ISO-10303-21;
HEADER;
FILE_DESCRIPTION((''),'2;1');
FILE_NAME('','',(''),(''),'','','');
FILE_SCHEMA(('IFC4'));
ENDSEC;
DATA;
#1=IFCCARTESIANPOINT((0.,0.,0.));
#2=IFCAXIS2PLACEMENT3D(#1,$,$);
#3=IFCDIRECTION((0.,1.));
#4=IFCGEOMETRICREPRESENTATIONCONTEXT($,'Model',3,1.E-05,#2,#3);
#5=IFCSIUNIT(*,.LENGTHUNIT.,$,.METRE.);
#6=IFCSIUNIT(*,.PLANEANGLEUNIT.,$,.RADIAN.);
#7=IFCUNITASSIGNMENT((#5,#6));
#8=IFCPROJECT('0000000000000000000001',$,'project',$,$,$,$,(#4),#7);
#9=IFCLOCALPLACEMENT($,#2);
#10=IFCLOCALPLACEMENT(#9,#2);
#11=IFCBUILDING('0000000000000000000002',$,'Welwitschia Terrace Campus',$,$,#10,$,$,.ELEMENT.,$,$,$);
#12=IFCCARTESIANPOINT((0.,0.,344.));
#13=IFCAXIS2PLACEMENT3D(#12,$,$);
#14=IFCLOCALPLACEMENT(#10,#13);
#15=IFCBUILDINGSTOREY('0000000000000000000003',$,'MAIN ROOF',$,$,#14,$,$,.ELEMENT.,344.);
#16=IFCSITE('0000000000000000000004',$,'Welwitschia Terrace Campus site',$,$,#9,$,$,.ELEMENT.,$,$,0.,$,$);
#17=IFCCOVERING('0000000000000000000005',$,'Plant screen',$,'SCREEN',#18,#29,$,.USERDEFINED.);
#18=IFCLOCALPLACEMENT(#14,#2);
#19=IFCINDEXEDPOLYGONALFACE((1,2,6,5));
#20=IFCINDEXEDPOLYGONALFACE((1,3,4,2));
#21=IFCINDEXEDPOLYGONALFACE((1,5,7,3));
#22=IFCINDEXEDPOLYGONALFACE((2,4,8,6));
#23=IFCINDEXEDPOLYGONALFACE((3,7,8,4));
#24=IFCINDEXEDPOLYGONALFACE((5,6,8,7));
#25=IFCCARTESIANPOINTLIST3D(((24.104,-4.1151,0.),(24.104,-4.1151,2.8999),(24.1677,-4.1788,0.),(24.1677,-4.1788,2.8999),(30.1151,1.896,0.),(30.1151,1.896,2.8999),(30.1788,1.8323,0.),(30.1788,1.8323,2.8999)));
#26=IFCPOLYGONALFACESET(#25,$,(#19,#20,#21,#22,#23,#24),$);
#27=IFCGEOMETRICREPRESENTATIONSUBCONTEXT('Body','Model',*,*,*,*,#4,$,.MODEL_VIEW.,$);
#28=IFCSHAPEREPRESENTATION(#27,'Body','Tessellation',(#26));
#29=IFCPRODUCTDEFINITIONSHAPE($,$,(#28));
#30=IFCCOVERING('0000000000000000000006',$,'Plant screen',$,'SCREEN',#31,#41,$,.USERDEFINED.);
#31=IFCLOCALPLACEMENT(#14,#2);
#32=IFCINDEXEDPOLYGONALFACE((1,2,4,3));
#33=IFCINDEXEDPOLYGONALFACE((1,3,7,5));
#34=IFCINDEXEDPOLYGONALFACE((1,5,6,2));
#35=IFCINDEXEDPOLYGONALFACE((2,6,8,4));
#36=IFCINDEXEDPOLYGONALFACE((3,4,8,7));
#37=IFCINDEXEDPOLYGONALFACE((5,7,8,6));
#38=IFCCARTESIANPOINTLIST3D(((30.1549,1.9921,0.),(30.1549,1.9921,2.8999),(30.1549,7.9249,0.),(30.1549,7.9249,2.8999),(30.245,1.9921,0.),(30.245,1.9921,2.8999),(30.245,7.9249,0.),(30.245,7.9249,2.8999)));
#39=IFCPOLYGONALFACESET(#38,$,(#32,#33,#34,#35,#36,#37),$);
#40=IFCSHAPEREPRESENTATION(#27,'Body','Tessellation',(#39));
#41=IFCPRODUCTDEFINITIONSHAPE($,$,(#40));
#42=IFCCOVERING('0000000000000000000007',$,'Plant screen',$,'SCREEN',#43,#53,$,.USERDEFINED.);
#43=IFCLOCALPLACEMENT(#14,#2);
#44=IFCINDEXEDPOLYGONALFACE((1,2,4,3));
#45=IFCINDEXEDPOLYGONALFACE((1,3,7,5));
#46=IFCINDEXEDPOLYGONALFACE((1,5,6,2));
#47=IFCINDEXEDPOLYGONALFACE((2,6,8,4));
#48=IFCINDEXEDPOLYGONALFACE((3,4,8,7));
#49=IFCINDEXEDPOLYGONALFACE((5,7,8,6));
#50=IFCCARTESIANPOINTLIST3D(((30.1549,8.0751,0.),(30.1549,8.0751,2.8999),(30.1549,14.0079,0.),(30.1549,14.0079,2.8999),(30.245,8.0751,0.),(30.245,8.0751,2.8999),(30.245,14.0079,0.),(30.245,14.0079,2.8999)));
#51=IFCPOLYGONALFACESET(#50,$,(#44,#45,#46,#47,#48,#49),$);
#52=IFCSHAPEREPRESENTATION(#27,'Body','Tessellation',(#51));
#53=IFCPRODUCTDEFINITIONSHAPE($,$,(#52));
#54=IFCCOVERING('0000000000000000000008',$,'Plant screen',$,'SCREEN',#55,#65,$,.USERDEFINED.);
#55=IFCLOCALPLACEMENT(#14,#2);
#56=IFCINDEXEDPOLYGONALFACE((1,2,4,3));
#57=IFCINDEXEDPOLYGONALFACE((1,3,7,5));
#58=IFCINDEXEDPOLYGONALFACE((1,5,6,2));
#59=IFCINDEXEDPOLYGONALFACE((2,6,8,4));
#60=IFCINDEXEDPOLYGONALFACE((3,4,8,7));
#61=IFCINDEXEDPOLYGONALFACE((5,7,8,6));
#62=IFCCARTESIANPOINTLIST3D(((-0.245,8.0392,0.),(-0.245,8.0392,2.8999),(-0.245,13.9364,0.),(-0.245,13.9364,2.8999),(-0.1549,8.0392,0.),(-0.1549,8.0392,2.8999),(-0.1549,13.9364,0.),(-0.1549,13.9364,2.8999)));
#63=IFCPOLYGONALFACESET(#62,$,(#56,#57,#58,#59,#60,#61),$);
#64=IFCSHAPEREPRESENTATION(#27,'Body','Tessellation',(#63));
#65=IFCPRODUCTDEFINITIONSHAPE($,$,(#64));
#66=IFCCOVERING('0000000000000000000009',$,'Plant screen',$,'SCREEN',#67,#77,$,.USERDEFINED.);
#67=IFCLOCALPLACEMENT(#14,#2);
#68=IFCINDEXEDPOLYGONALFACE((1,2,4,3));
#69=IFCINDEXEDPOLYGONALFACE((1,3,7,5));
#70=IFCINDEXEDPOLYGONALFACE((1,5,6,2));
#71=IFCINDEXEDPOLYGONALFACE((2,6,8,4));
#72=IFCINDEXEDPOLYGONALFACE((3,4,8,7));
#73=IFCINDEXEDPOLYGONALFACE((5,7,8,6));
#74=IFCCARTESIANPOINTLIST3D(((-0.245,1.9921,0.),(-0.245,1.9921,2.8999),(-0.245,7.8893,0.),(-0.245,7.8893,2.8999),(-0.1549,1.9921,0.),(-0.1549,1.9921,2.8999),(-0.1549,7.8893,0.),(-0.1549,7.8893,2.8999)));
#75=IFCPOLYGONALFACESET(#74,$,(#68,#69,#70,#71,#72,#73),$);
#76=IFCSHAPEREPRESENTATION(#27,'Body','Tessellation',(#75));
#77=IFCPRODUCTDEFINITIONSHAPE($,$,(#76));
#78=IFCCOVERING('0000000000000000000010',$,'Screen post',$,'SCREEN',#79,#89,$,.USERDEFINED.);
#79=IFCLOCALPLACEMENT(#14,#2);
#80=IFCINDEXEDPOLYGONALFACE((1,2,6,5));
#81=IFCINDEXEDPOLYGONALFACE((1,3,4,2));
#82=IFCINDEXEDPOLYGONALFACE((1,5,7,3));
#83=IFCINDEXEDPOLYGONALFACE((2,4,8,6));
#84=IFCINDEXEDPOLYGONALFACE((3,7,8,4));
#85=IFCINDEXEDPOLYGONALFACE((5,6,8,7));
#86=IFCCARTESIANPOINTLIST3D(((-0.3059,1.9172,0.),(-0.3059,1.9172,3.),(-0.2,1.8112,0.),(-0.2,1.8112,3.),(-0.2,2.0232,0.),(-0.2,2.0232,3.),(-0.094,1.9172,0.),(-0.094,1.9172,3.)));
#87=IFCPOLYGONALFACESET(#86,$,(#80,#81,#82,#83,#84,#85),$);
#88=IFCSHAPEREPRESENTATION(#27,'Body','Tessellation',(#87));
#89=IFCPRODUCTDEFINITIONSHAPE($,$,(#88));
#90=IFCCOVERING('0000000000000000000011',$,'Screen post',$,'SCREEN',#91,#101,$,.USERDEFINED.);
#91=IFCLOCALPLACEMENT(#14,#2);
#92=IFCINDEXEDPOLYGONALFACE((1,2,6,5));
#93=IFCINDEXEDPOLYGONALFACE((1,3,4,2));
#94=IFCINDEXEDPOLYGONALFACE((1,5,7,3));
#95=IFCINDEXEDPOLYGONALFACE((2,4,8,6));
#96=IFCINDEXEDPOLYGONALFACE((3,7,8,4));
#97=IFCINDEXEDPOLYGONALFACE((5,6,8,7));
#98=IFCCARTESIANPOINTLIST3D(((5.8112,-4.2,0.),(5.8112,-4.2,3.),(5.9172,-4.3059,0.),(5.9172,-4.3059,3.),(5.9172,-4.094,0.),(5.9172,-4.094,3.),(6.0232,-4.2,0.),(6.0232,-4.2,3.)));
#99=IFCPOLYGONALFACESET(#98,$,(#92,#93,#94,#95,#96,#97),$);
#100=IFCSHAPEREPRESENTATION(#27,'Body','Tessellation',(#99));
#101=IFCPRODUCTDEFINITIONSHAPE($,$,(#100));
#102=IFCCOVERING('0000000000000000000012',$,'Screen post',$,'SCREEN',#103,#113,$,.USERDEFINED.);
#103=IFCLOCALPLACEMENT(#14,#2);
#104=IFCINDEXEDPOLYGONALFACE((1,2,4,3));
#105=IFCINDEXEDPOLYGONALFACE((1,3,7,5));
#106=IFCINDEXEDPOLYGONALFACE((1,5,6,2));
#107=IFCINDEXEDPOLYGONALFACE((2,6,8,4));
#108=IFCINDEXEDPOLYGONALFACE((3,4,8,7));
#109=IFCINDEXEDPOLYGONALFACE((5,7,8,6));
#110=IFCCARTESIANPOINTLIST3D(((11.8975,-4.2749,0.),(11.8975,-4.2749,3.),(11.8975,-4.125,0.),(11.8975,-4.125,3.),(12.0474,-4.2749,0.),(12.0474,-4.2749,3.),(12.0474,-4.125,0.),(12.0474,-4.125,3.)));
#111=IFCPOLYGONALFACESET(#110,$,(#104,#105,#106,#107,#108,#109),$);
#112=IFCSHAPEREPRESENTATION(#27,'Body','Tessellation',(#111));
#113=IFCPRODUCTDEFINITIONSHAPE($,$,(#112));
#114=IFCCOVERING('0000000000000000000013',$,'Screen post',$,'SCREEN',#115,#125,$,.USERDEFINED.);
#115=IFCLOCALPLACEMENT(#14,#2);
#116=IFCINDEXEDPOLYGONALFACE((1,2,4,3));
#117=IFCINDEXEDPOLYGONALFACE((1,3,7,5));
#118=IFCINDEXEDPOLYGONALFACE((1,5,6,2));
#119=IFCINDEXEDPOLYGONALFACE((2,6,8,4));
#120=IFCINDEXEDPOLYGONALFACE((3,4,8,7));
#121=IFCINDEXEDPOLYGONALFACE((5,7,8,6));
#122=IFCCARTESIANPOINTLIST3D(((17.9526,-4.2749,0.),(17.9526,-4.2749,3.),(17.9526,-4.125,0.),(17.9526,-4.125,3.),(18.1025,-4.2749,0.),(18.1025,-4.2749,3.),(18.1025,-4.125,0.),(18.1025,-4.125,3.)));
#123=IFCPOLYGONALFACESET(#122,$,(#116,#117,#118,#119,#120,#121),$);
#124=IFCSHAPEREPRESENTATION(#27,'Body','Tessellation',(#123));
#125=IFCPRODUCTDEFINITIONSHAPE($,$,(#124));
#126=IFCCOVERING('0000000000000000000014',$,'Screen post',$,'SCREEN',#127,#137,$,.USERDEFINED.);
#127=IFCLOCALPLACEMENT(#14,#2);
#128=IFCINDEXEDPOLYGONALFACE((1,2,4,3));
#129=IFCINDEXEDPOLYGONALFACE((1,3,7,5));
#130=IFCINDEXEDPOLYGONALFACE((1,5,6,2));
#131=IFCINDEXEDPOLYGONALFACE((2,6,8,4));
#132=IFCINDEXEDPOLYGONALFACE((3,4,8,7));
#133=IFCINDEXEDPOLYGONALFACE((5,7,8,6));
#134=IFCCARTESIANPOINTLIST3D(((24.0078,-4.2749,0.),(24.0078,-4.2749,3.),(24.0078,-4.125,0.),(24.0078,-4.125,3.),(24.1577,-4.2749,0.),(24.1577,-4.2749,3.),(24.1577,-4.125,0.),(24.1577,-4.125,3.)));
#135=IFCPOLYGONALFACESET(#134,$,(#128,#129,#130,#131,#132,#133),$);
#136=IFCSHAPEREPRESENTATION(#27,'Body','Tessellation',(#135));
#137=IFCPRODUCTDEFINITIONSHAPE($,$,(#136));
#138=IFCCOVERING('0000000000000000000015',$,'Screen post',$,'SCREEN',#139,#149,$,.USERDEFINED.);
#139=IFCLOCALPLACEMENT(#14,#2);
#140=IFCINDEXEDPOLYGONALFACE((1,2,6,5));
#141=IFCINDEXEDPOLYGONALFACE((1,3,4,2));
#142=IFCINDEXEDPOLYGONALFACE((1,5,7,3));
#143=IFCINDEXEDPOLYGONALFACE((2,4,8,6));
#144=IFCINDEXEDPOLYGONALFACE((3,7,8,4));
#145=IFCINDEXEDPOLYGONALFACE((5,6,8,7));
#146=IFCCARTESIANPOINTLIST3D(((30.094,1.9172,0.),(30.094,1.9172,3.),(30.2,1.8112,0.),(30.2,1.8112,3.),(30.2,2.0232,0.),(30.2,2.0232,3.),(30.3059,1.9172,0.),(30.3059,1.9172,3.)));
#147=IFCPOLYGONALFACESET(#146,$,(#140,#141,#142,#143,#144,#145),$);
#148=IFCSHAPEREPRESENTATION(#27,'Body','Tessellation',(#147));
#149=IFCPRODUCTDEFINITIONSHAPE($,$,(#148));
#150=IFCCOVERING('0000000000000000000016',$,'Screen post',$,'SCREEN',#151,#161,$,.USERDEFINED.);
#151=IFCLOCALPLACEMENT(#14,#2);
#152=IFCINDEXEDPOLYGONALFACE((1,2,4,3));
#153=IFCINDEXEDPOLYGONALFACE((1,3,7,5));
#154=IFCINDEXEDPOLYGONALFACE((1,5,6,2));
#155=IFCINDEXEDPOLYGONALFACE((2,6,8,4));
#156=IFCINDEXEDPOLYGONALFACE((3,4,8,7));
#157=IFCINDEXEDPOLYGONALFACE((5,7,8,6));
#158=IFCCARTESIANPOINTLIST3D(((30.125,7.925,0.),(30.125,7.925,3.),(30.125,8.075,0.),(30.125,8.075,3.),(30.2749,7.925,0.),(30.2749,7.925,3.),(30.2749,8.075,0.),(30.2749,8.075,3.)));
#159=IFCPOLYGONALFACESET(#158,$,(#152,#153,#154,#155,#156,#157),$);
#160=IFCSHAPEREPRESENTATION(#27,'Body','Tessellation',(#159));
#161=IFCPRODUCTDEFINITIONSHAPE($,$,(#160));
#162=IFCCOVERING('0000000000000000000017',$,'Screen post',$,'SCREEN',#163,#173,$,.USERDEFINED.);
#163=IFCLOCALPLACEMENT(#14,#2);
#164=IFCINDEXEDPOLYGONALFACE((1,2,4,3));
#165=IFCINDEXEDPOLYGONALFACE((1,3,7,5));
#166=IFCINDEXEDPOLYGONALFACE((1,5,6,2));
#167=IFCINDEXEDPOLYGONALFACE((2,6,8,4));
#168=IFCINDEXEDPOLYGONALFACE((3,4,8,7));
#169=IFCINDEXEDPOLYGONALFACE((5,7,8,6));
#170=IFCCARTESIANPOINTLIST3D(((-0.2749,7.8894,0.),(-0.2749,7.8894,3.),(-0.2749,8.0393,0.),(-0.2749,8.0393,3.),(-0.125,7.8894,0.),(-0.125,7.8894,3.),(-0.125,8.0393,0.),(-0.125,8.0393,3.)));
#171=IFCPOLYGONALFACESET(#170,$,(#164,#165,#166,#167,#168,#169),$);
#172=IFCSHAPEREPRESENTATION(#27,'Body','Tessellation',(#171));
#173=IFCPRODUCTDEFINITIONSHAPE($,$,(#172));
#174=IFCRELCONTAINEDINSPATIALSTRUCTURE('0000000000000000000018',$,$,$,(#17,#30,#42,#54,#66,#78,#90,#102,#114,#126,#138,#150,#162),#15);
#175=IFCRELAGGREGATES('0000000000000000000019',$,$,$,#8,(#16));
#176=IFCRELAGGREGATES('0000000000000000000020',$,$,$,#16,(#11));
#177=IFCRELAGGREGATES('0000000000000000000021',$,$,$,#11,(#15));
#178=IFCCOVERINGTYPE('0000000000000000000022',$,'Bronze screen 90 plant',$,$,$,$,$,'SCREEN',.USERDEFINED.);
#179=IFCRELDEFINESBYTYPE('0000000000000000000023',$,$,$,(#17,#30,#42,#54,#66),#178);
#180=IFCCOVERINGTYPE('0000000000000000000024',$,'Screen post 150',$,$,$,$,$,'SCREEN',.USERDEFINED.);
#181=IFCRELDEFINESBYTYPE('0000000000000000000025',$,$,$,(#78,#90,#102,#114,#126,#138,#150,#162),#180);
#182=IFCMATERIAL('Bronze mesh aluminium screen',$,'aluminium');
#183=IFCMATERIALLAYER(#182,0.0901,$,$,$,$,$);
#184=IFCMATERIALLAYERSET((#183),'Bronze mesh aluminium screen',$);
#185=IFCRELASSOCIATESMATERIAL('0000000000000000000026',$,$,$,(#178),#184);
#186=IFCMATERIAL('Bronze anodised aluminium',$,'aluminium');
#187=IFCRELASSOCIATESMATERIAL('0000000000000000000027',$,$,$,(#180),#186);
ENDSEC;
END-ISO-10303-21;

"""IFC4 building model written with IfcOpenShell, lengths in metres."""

from ifc_helpers import new_model, si_unit, direction, frame, origin, origin_2d, place, context, subcontext, project, spatial, rectangle, extrude, material, layer, layer_set, type_object, element, save


model = new_model("IFC4")

# Units and contexts
model_context = context("Model", 3, precision=1e-05, world=origin(), true_north=direction((0.0, 1.0)))
body_context = subcontext(model_context, "Body", "Model", "MODEL_VIEW")
ifc_project = project(units=[si_unit("LENGTHUNIT", "METRE"), si_unit("PLANEANGLEUNIT", "RADIAN")], contexts=[model_context])

# Site, building, storey
site_placement = place(None, origin())
site = spatial("IfcSite", under=ifc_project, at=site_placement, Name="Welwitschia Terrace Campus site", CompositionType="ELEMENT", RefElevation=0.0)
building_placement = place(site_placement, origin())
building = spatial("IfcBuilding", under=site, at=building_placement, Name="Welwitschia Terrace Campus", CompositionType="ELEMENT")
storey_placement = place(building_placement, frame((0.0, 0.0, 344.0)))
storey = spatial("IfcBuildingStorey", under=building, at=storey_placement, Name="MAIN ROOF", CompositionType="ELEMENT", Elevation=344.0)

# Coverings
ifc_material_1 = material(Name="Bronze mesh aluminium screen", Category="aluminium")
ifc_layer_1 = layer(ifc_material_1, 0.0901)
ifc_layer_set_1 = layer_set([ifc_layer_1], Name="Bronze mesh aluminium screen")
covering_type_1 = type_object("IfcCoveringType", Name="Bronze screen 90 plant", ElementType="SCREEN", PredefinedType="USERDEFINED", material=ifc_layer_set_1)
covering_1_placement = place(storey_placement, frame((27.1414, -1.1414, 0.0), z_axis=(0.0, 0.0, 1.0), x_axis=(0.707107, 0.707107, 0.0)))
element("IfcCovering", 1, at=covering_1_placement, inside=storey, type_object=covering_type_1, Name="Plant screen", ObjectType="SCREEN", PredefinedType="USERDEFINED", context=body_context, shape_type="SweptSolid", body=[
    extrude(rectangle(XDim=8.501, YDim=0.0901, at=origin_2d()), origin(), (0.0, 0.0, 1.0), 2.8999),
])
for number, where, z_axis, x_axis, name in (
    (2, (30.2, 4.9585, 0.0), (0.0, 0.0, 1.0), (0.0, 1.0, 0.0), "Plant screen"),
    (3, (30.2, 11.0415, 0.0), (0.0, 0.0, 1.0), (0.0, 1.0, 0.0), "Plant screen"),
):
    element("IfcCovering", number, at=place(storey_placement, frame(where, z_axis=z_axis, x_axis=x_axis)), inside=storey, type_object=covering_type_1, Name=name, ObjectType="SCREEN", PredefinedType="USERDEFINED", context=body_context, shape_type="SweptSolid", body=[
        extrude(rectangle(XDim=5.9329, YDim=0.0901, at=origin_2d()), origin(), (0.0, 0.0, 1.0), 2.8999),
    ])
for number, where, z_axis, x_axis, name in (
    (4, (-0.2, 10.9878, 0.0), (0.0, 0.0, 1.0), (0.0, -1.0, 0.0), "Plant screen"),
    (5, (-0.2, 4.9407, 0.0), (0.0, 0.0, 1.0), (0.0, -1.0, 0.0), "Plant screen"),
):
    element("IfcCovering", number, at=place(storey_placement, frame(where, z_axis=z_axis, x_axis=x_axis)), inside=storey, type_object=covering_type_1, Name=name, ObjectType="SCREEN", PredefinedType="USERDEFINED", context=body_context, shape_type="SweptSolid", body=[
        extrude(rectangle(XDim=5.8972, YDim=0.0901, at=origin_2d()), origin(), (0.0, 0.0, 1.0), 2.8999),
    ])
ifc_material_2 = material(Name="Bronze anodised aluminium", Category="aluminium")
covering_type_2 = type_object("IfcCoveringType", Name="Screen post 150", ElementType="SCREEN", PredefinedType="USERDEFINED", material=ifc_material_2)
for number, where, z_axis, x_axis, name in (
    (6, (-0.2, 1.9172, 0.0), (0.0, 0.0, 1.0), (0.707107, -0.707107, 0.0), "Screen post"),
    (7, (5.9172, -4.2, 0.0), (0.0, 0.0, 1.0), (0.707107, -0.707107, 0.0), "Screen post"),
    (8, (11.9724, -4.2, 0.0), (0.0, 0.0, 1.0), (1.0, 0.0, 0.0), "Screen post"),
    (9, (18.0276, -4.2, 0.0), (0.0, 0.0, 1.0), (1.0, 0.0, 0.0), "Screen post"),
    (10, (24.0828, -4.2, 0.0), (0.0, 0.0, 1.0), (1.0, 0.0, 0.0), "Screen post"),
    (11, (30.2, 1.9172, 0.0), (0.0, 0.0, 1.0), (0.707107, 0.707107, 0.0), "Screen post"),
    (12, (30.2, 8.0, 0.0), (0.0, 0.0, 1.0), (0.0, 1.0, 0.0), "Screen post"),
    (13, (-0.2, 7.9644, 0.0), (0.0, 0.0, 1.0), (0.0, -1.0, 0.0), "Screen post"),
):
    element("IfcCovering", number, at=place(storey_placement, frame(where, z_axis=z_axis, x_axis=x_axis)), inside=storey, type_object=covering_type_2, Name=name, ObjectType="SCREEN", PredefinedType="USERDEFINED", context=body_context, shape_type="SweptSolid", body=[
        extrude(rectangle(XDim=0.1499, YDim=0.1499, at=origin_2d()), origin(), (0.0, 0.0, 1.0), 3.0),
    ])

save(model, "model.ifc")
